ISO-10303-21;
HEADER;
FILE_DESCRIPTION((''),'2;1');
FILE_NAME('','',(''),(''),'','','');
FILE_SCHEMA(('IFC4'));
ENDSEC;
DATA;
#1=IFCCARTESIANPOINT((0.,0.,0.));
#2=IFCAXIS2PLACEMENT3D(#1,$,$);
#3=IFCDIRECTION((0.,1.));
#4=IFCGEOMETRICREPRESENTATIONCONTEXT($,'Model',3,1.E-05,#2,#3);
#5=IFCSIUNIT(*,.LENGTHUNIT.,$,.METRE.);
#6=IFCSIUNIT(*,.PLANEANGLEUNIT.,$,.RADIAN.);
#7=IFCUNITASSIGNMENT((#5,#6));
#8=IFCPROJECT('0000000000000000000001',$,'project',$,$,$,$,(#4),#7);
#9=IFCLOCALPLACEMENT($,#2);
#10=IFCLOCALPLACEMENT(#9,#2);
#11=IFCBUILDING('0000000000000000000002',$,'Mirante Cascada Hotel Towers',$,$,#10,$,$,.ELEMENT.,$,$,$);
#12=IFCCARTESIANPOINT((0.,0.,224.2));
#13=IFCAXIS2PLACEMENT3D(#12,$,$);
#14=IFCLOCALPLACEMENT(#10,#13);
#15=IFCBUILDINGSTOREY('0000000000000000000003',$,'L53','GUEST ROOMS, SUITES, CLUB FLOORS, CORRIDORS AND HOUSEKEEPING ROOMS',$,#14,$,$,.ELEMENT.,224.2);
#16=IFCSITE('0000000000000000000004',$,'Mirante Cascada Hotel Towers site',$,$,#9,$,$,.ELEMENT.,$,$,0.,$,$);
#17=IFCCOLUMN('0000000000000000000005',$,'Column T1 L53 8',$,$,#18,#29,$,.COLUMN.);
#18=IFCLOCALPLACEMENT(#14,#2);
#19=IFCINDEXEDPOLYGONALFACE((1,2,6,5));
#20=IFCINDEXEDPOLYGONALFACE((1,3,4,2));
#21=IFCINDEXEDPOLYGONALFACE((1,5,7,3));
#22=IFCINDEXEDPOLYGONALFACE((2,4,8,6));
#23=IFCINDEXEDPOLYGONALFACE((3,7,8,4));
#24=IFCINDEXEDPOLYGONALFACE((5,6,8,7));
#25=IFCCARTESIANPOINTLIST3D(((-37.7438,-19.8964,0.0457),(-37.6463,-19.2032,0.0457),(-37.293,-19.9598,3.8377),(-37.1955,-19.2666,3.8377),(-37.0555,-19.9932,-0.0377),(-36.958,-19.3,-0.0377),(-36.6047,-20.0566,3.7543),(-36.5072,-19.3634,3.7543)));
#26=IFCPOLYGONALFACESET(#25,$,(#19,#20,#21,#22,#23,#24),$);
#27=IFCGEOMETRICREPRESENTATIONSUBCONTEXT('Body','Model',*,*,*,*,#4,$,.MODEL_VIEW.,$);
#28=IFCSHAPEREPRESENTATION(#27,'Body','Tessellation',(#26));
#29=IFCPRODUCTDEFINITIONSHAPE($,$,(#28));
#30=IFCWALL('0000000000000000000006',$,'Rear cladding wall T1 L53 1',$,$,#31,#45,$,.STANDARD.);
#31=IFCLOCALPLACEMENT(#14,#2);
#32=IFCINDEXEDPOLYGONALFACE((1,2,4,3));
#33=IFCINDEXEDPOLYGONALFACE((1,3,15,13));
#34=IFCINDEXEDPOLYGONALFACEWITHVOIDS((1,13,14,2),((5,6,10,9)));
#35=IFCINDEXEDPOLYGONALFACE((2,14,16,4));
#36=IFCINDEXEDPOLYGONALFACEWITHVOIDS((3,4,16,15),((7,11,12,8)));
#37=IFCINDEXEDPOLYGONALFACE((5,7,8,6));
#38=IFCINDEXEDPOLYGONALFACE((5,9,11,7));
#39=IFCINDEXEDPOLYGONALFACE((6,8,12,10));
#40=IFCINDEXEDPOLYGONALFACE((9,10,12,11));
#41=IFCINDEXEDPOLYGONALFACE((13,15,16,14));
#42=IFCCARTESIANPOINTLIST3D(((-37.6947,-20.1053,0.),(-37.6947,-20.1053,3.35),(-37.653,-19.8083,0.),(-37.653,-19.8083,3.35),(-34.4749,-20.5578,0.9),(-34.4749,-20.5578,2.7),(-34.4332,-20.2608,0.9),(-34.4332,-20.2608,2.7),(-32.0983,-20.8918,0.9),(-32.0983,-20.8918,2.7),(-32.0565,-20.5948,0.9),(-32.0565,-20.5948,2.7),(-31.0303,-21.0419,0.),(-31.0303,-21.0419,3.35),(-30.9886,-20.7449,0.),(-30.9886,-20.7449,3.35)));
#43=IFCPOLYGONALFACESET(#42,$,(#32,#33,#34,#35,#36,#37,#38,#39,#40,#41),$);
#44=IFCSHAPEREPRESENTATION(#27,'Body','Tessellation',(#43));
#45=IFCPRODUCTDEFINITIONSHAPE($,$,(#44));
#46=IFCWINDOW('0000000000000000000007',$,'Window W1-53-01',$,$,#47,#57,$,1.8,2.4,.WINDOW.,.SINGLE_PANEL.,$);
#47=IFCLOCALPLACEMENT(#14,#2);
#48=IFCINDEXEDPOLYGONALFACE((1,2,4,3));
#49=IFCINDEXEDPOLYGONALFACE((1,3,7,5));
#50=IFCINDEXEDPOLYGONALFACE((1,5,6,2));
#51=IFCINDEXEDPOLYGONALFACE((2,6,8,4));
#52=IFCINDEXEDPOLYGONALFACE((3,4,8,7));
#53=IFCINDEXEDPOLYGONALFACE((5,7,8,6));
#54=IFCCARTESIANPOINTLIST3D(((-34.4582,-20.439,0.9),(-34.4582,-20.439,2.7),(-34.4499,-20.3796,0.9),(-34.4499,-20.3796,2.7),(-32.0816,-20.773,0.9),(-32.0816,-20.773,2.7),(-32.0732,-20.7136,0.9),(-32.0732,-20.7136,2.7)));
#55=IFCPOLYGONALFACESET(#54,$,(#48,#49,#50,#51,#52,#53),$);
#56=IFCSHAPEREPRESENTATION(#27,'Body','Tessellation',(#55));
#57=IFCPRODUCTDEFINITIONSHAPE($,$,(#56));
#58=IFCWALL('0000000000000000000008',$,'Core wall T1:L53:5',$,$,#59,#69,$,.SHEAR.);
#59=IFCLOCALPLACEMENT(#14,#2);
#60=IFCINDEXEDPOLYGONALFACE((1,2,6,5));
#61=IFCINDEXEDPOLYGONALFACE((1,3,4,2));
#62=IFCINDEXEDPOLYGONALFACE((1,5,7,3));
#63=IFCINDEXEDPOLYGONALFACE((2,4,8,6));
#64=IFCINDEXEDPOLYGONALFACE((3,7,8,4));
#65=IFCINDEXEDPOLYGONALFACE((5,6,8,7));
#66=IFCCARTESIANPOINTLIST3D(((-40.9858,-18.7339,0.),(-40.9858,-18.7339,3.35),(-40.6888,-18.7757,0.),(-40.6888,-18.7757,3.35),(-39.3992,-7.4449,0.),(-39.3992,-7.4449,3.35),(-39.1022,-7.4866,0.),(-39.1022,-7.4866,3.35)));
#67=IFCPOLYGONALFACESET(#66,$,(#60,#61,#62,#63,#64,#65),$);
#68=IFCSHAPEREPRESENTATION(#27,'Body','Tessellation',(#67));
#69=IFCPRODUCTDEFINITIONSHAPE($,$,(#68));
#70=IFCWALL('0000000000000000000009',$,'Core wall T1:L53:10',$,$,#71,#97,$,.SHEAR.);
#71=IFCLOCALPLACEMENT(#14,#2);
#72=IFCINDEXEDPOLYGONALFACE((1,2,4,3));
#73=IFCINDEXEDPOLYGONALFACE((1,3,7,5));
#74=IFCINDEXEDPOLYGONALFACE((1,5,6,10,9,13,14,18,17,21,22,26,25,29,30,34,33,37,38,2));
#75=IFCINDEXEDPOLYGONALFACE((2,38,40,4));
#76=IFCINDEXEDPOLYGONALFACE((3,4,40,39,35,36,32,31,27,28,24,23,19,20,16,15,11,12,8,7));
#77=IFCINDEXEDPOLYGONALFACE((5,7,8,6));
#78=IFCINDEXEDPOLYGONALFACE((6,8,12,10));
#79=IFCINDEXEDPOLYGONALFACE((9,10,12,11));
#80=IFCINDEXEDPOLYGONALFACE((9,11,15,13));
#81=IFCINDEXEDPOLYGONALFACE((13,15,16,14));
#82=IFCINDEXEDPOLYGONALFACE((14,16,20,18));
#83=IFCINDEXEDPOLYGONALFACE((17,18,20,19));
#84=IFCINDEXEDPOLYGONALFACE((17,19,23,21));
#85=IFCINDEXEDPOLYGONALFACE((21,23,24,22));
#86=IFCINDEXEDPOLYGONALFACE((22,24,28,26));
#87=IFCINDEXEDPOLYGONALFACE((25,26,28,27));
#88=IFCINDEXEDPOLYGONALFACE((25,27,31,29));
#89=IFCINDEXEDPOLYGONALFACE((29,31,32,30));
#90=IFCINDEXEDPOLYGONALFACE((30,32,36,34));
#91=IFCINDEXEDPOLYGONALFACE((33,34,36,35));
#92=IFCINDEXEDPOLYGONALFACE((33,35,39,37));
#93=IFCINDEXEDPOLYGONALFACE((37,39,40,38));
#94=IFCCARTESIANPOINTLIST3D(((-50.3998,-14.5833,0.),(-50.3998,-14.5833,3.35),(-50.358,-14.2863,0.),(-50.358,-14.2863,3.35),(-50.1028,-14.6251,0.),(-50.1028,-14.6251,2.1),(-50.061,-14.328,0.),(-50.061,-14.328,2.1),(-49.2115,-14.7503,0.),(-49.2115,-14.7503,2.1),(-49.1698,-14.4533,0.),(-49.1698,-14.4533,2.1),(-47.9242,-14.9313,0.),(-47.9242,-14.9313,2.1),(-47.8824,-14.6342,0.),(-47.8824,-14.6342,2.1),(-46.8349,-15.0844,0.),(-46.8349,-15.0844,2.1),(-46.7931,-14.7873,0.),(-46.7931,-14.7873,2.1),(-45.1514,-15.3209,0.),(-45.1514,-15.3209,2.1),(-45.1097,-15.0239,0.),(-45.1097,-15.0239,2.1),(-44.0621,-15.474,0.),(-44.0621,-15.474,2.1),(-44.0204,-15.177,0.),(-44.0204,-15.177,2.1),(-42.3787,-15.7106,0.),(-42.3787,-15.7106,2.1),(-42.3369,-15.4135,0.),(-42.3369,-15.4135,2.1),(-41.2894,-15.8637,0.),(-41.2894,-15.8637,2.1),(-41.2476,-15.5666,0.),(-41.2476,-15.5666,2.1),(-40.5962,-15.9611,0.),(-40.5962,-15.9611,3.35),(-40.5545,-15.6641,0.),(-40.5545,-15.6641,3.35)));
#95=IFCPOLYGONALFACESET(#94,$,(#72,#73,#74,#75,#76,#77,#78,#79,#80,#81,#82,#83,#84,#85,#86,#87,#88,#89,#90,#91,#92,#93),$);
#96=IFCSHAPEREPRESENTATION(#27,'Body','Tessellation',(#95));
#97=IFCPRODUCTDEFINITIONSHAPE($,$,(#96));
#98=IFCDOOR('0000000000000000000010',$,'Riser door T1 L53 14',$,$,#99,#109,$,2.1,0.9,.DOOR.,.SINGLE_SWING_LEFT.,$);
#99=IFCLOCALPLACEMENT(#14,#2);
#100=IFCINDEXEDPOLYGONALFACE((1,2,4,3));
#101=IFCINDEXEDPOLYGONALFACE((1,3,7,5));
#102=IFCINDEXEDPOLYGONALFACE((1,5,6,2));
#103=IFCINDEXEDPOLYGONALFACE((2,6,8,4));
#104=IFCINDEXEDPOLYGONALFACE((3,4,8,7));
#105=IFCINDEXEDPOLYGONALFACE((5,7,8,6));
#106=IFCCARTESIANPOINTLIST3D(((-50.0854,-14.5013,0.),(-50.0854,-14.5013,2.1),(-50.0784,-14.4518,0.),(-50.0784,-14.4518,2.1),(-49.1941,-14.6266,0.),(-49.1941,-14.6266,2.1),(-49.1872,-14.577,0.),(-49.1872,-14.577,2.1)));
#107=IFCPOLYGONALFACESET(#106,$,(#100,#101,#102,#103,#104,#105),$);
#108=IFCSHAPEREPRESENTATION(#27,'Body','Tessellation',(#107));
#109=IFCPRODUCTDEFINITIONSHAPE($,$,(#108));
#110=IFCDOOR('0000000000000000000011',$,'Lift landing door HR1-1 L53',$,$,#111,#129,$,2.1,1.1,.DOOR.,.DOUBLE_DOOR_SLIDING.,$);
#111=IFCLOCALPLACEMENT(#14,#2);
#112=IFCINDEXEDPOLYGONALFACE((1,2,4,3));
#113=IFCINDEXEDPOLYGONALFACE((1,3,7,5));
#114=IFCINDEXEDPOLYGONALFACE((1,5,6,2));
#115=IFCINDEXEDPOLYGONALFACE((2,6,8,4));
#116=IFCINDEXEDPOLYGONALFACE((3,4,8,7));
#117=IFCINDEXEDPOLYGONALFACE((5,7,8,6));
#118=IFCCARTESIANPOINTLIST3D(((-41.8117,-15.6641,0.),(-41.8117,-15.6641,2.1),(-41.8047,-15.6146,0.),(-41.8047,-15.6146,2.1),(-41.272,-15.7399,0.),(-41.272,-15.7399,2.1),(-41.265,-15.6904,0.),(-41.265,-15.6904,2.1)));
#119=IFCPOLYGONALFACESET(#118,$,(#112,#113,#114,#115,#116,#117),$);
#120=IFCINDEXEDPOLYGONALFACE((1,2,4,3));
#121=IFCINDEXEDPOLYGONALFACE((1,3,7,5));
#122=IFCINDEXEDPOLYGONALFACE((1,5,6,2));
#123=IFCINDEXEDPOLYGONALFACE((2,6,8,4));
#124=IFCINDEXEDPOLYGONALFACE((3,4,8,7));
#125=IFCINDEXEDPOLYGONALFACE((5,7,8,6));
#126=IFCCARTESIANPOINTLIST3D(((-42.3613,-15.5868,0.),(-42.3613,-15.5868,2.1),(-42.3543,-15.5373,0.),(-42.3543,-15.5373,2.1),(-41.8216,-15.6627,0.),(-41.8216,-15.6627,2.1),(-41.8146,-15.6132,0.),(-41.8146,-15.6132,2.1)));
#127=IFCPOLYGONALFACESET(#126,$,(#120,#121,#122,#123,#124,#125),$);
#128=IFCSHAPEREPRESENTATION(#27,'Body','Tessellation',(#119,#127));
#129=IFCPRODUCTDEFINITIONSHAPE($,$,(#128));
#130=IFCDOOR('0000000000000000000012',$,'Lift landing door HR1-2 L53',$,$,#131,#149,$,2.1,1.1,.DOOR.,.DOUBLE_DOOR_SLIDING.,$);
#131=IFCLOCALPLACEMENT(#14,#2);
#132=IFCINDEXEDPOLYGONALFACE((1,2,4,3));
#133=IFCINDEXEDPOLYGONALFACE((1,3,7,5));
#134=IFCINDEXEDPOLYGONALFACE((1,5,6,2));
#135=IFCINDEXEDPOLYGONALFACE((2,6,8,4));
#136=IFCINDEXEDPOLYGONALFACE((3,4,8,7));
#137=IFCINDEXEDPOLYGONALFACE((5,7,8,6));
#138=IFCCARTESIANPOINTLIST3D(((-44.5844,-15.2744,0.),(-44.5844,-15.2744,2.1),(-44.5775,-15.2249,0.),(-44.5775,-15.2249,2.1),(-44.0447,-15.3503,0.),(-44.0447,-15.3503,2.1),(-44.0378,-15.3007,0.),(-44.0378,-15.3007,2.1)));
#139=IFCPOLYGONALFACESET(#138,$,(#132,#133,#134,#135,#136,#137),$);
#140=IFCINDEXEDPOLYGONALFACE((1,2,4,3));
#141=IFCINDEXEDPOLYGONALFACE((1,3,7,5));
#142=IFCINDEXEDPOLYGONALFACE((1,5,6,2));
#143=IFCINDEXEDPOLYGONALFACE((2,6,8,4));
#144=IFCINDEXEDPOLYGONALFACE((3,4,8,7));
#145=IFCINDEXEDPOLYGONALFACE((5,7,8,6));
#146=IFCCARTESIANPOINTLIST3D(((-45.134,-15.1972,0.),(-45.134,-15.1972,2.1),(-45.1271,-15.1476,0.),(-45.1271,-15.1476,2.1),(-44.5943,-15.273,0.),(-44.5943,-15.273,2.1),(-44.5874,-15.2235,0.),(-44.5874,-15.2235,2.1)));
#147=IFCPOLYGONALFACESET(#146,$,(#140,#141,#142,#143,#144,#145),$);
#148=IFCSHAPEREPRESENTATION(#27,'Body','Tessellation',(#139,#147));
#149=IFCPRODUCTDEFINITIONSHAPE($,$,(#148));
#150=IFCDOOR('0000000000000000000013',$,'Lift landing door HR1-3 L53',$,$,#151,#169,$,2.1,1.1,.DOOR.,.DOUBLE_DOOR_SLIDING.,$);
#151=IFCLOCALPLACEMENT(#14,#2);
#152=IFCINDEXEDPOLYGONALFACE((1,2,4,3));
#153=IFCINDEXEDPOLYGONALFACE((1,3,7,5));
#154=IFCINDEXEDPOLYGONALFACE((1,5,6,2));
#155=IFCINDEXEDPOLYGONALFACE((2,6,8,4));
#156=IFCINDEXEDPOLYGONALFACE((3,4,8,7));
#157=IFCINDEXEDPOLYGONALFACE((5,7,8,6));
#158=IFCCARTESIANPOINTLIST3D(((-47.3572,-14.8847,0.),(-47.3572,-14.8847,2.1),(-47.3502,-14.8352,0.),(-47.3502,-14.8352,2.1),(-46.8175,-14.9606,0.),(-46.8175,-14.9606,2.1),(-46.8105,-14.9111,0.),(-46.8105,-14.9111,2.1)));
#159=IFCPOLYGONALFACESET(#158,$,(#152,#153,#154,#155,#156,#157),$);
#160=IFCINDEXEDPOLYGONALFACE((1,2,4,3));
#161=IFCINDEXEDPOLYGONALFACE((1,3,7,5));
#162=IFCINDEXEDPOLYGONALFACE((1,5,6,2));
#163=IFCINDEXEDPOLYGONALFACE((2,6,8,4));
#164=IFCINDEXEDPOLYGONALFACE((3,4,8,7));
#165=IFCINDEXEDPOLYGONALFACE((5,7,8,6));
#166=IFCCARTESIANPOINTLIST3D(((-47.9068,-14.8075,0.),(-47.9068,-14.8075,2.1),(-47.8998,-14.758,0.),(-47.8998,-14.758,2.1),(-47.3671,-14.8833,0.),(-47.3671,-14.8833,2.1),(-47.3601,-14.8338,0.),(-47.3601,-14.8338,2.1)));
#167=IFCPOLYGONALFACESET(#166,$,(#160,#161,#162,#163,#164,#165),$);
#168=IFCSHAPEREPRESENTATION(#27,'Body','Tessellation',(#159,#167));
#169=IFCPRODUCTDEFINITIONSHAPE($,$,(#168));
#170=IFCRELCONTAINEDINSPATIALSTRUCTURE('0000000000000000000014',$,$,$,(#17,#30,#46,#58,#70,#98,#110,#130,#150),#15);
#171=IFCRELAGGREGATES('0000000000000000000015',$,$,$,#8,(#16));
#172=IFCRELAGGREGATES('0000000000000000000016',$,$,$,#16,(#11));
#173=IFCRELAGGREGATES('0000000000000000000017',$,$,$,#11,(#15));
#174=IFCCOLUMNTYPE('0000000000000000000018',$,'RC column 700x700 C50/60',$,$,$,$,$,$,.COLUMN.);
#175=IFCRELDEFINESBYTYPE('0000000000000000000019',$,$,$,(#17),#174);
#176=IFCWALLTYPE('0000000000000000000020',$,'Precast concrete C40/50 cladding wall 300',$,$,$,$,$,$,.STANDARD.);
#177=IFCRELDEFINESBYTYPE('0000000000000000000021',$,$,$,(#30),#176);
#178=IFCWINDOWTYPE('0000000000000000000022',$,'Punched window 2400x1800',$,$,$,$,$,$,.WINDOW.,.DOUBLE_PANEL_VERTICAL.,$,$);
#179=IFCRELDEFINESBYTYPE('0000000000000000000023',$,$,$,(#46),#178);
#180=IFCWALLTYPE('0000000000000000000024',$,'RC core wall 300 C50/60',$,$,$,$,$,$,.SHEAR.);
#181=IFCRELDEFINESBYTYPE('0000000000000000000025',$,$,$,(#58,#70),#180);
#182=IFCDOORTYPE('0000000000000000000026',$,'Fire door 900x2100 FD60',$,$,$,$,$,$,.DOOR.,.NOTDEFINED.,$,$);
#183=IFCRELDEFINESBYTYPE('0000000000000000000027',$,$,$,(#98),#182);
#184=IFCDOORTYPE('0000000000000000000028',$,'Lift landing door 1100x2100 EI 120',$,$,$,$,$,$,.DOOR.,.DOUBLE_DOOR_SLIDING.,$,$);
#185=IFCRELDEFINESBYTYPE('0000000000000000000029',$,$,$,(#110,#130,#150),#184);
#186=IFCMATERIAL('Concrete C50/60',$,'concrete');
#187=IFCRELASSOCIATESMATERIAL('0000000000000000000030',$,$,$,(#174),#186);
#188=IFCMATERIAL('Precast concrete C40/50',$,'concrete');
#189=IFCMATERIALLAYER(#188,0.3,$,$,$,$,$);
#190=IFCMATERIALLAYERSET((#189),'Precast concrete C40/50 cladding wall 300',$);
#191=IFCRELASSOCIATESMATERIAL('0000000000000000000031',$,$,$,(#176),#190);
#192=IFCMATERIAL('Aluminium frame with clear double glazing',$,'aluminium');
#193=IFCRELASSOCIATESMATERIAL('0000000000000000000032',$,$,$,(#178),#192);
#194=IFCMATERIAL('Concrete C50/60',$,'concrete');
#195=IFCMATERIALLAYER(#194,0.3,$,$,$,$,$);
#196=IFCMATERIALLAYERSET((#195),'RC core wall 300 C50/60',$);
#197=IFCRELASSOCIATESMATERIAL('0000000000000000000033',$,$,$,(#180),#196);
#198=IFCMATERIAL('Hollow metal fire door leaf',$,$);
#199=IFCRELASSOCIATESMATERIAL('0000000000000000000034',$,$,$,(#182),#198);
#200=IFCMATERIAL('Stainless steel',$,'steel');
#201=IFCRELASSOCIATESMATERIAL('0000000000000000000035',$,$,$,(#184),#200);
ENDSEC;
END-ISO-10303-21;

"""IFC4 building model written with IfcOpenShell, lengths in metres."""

from ifc_helpers import new_model, si_unit, direction, frame, frame_2d, origin, origin_2d, place, context, subcontext, project, spatial, rectangle, extrude, material, layer, layer_set, material_profile, profile_set, type_object, element, fill, save


model = new_model("IFC4")

# Units and contexts
model_context = context("Model", 3, precision=1e-05, world=origin(), true_north=direction((0.0, 1.0)))
body_context = subcontext(model_context, "Body", "Model", "MODEL_VIEW")
ifc_project = project(units=[si_unit("LENGTHUNIT", "METRE"), si_unit("PLANEANGLEUNIT", "RADIAN")], contexts=[model_context])

# Site, building, storey
site_placement = place(None, origin())
site = spatial("IfcSite", under=ifc_project, at=site_placement, Name="Mirante Cascada Hotel Towers site", CompositionType="ELEMENT", RefElevation=0.0)
building_placement = place(site_placement, origin())
building = spatial("IfcBuilding", under=site, at=building_placement, Name="Mirante Cascada Hotel Towers", CompositionType="ELEMENT")
storey_placement = place(building_placement, frame((0.0, 0.0, 224.2)))
storey = spatial("IfcBuildingStorey", under=building, at=storey_placement, Name="L53", Description="GUEST ROOMS, SUITES, CLUB FLOORS, CORRIDORS AND HOUSEKEEPING ROOMS", CompositionType="ELEMENT", Elevation=224.2)

# Column
ifc_material_1 = material(Name="Concrete C50/60", Category="concrete")
ifc_material_profile = material_profile(ifc_material_1, rectangle(XDim=0.7, YDim=0.7, at=origin_2d()), Name="RC column 700x700 C50/60")
ifc_profile_set = profile_set([ifc_material_profile], Name="Concrete C50/60")
column_type = type_object("IfcColumnType", Name="RC column 700x700 C50/60", PredefinedType="COLUMN", material=ifc_profile_set)
column_placement = place(storey_placement, frame((-37.3509, -19.5982, 0.004), z_axis=(0.118034, -0.0166, 0.992871), x_axis=(0.139268, 0.990255, 0.0)))
element("IfcColumn", 1, at=column_placement, inside=storey, type_object=column_type, Name="Column T1 L53 8", PredefinedType="COLUMN", context=body_context, shape_type="SweptSolid", body=[
    extrude(rectangle(XDim=0.7, YDim=0.7, at=origin_2d()), origin(), (0.0, 0.0, 1.0), 3.8192),
])

# Wall, opening, window
ifc_material_2 = material(Name="Precast concrete C40/50", Category="concrete")
ifc_layer_1 = layer(ifc_material_2, 0.3)
ifc_layer_set_1 = layer_set([ifc_layer_1], Name="Precast concrete C40/50 cladding wall 300")
wall_type_1 = type_object("IfcWallType", Name="Precast concrete C40/50 cladding wall 300", PredefinedType="STANDARD", material=ifc_layer_set_1)
wall_1_placement = place(storey_placement, frame((-31.0094, -20.8934, 0.0), z_axis=(0.0, 0.0, 1.0), x_axis=(-0.990268, 0.13917, 0.0)))
wall_1 = element("IfcWall", 2, at=wall_1_placement, inside=storey, type_object=wall_type_1, Name="Rear cladding wall T1 L53 1", PredefinedType="STANDARD", context=body_context, shape_type="SweptSolid", body=[
    extrude(rectangle(XDim=6.7299, YDim=0.3, at=frame_2d((3.365, 0.0))), origin(), (0.0, 0.0, 1.0), 3.35),
])
opening_1_placement = place(wall_1_placement, frame((1.0785, 0.0, 0.9)))
opening_1 = element("IfcOpeningElement", 3, at=opening_1_placement, cuts=wall_1, PredefinedType="OPENING", context=body_context, shape_type="SweptSolid", body=[
    extrude(rectangle(XDim=2.4, YDim=1.8, at=frame_2d((1.2, 0.9))), frame((0.0, 0.15, 0.0), z_axis=(0.0, -1.0, 0.0), x_axis=(1.0, 0.0, 0.0)), (0.0, 0.0, 1.0), 0.3),
])
ifc_material_3 = material(Name="Aluminium frame with clear double glazing", Category="aluminium")
window_type = type_object("IfcWindowType", Name="Punched window 2400x1800", PartitioningType="DOUBLE_PANEL_VERTICAL", PredefinedType="WINDOW", material=ifc_material_3)
window_placement = place(opening_1_placement, origin())
window = element("IfcWindow", 4, at=window_placement, inside=storey, type_object=window_type, Name="Window W1-53-01", OverallHeight=1.8, OverallWidth=2.4, PartitioningType="SINGLE_PANEL", PredefinedType="WINDOW", context=body_context, shape_type="SweptSolid", body=[
    extrude(rectangle(XDim=2.4, YDim=1.8, at=frame_2d((1.2, 0.9))), frame((0.0, 0.03, 0.0), z_axis=(0.0, -1.0, 0.0), x_axis=(1.0, 0.0, 0.0)), (0.0, 0.0, 1.0), 0.06),
])
fill(opening_1, window)

# Wall
ifc_material_4 = material(Name="Concrete C50/60", Category="concrete")
ifc_layer_2 = layer(ifc_material_4, 0.3)
ifc_layer_set_2 = layer_set([ifc_layer_2], Name="RC core wall 300 C50/60")
wall_type_2 = type_object("IfcWallType", Name="RC core wall 300 C50/60", PredefinedType="SHEAR", material=ifc_layer_set_2)
wall_2_placement = place(storey_placement, frame((-40.8373, -18.7548, 0.0), z_axis=(0.0, 0.0, 1.0), x_axis=(0.139175, 0.990268, 0.0)))
element("IfcWall", 5, at=wall_2_placement, inside=storey, type_object=wall_type_2, Name="Core wall T1:L53:5", PredefinedType="SHEAR", context=body_context, shape_type="SweptSolid", body=[
    extrude(rectangle(XDim=11.4, YDim=0.3, at=frame_2d((5.7, 0.0))), origin(), (0.0, 0.0, 1.0), 3.35),
])

# Wall, openings, doors
wall_3_placement = place(storey_placement, frame((-40.5753, -15.8126, 0.0), z_axis=(0.0, 0.0, 1.0), x_axis=(-0.990268, 0.139173, 0.0)))
wall_3 = element("IfcWall", 6, at=wall_3_placement, inside=storey, type_object=wall_type_2, Name="Core wall T1:L53:10", PredefinedType="SHEAR", context=body_context, shape_type="SweptSolid", body=[
    extrude(rectangle(XDim=9.8999, YDim=0.3, at=frame_2d((4.95, 0.0))), origin(), (0.0, 0.0, 1.0), 3.35),
])
opening_2_placement = place(wall_3_placement, frame((0.7, 0.0, 0.0)))
opening_2 = element("IfcOpeningElement", 7, at=opening_2_placement, cuts=wall_3, PredefinedType="OPENING", context=body_context, shape_type="SweptSolid", body=[
    extrude(rectangle(XDim=1.1, YDim=2.1, at=frame_2d((0.55, 1.05))), frame((0.0, 0.15, 0.0), z_axis=(0.0, -1.0, 0.0), x_axis=(1.0, 0.0, 0.0)), (0.0, 0.0, 1.0), 0.3),
])
opening_3_placement = place(wall_3_placement, frame((3.5, 0.0, 0.0)))
opening_3 = element("IfcOpeningElement", 8, at=opening_3_placement, cuts=wall_3, PredefinedType="OPENING", context=body_context, shape_type="SweptSolid", body=[
    extrude(rectangle(XDim=1.1, YDim=2.1, at=frame_2d((0.55, 1.05))), frame((0.0, 0.15, 0.0), z_axis=(0.0, -1.0, 0.0), x_axis=(1.0, 0.0, 0.0)), (0.0, 0.0, 1.0), 0.3),
])
opening_4_placement = place(wall_3_placement, frame((6.3, 0.0, 0.0)))
opening_4 = element("IfcOpeningElement", 9, at=opening_4_placement, cuts=wall_3, PredefinedType="OPENING", context=body_context, shape_type="SweptSolid", body=[
    extrude(rectangle(XDim=1.1, YDim=2.1, at=frame_2d((0.55, 1.05))), frame((0.0, 0.15, 0.0), z_axis=(0.0, -1.0, 0.0), x_axis=(1.0, 0.0, 0.0)), (0.0, 0.0, 1.0), 0.3),
])
opening_5_placement = place(wall_3_placement, frame((8.7, 0.0, 0.0)))
opening_5 = element("IfcOpeningElement", 10, at=opening_5_placement, cuts=wall_3, PredefinedType="OPENING", context=body_context, shape_type="SweptSolid", body=[
    extrude(rectangle(XDim=0.9, YDim=2.1, at=frame_2d((0.45, 1.05))), frame((0.0, 0.15, 0.0), z_axis=(0.0, -1.0, 0.0), x_axis=(1.0, 0.0, 0.0)), (0.0, 0.0, 1.0), 0.3),
])
ifc_material_5 = material(Name="Hollow metal fire door leaf")
door_type_1 = type_object("IfcDoorType", Name="Fire door 900x2100 FD60", OperationType="NOTDEFINED", PredefinedType="DOOR", material=ifc_material_5)
door_1_placement = place(opening_5_placement, origin())
door_1 = element("IfcDoor", 11, at=door_1_placement, inside=storey, type_object=door_type_1, Name="Riser door T1 L53 14", OperationType="SINGLE_SWING_LEFT", OverallHeight=2.1, OverallWidth=0.9, PredefinedType="DOOR", context=body_context, shape_type="SweptSolid", body=[
    extrude(rectangle(XDim=0.9, YDim=2.1, at=frame_2d((0.45, 1.05))), frame((0.0, 0.025, 0.0), z_axis=(0.0, -1.0, 0.0), x_axis=(1.0, 0.0, 0.0)), (0.0, 0.0, 1.0), 0.05),
])
fill(opening_5, door_1)
ifc_material_6 = material(Name="Stainless steel", Category="steel")
door_type_2 = type_object("IfcDoorType", Name="Lift landing door 1100x2100 EI 120", OperationType="DOUBLE_DOOR_SLIDING", PredefinedType="DOOR", material=ifc_material_6)
door_2_placement = place(opening_2_placement, origin())
door_2 = element("IfcDoor", 12, at=door_2_placement, inside=storey, type_object=door_type_2, Name="Lift landing door HR1-1 L53", OperationType="DOUBLE_DOOR_SLIDING", OverallHeight=2.1, OverallWidth=1.1, PredefinedType="DOOR", context=body_context, shape_type="SweptSolid", body=[
    extrude(rectangle(XDim=0.545, YDim=2.1, at=frame_2d((0.2725, 1.05))), frame((0.0, 0.025, 0.0), z_axis=(0.0, -1.0, 0.0), x_axis=(1.0, 0.0, 0.0)), (0.0, 0.0, 1.0), 0.05),
    extrude(rectangle(XDim=0.545, YDim=2.1, at=frame_2d((0.8275, 1.05))), frame((0.0, 0.025, 0.0), z_axis=(0.0, -1.0, 0.0), x_axis=(1.0, 0.0, 0.0)), (0.0, 0.0, 1.0), 0.05),
])
fill(opening_2, door_2)
door_3_placement = place(opening_3_placement, origin())
door_3 = element("IfcDoor", 13, at=door_3_placement, inside=storey, type_object=door_type_2, Name="Lift landing door HR1-2 L53", OperationType="DOUBLE_DOOR_SLIDING", OverallHeight=2.1, OverallWidth=1.1, PredefinedType="DOOR", context=body_context, shape_type="SweptSolid", body=[
    extrude(rectangle(XDim=0.545, YDim=2.1, at=frame_2d((0.2725, 1.05))), frame((0.0, 0.025, 0.0), z_axis=(0.0, -1.0, 0.0), x_axis=(1.0, 0.0, 0.0)), (0.0, 0.0, 1.0), 0.05),
    extrude(rectangle(XDim=0.545, YDim=2.1, at=frame_2d((0.8275, 1.05))), frame((0.0, 0.025, 0.0), z_axis=(0.0, -1.0, 0.0), x_axis=(1.0, 0.0, 0.0)), (0.0, 0.0, 1.0), 0.05),
])
fill(opening_3, door_3)
door_4_placement = place(opening_4_placement, origin())
door_4 = element("IfcDoor", 14, at=door_4_placement, inside=storey, type_object=door_type_2, Name="Lift landing door HR1-3 L53", OperationType="DOUBLE_DOOR_SLIDING", OverallHeight=2.1, OverallWidth=1.1, PredefinedType="DOOR", context=body_context, shape_type="SweptSolid", body=[
    extrude(rectangle(XDim=0.545, YDim=2.1, at=frame_2d((0.2725, 1.05))), frame((0.0, 0.025, 0.0), z_axis=(0.0, -1.0, 0.0), x_axis=(1.0, 0.0, 0.0)), (0.0, 0.0, 1.0), 0.05),
    extrude(rectangle(XDim=0.545, YDim=2.1, at=frame_2d((0.8275, 1.05))), frame((0.0, 0.025, 0.0), z_axis=(0.0, -1.0, 0.0), x_axis=(1.0, 0.0, 0.0)), (0.0, 0.0, 1.0), 0.05),
])
fill(opening_4, door_4)

save(model, "model.ifc")
